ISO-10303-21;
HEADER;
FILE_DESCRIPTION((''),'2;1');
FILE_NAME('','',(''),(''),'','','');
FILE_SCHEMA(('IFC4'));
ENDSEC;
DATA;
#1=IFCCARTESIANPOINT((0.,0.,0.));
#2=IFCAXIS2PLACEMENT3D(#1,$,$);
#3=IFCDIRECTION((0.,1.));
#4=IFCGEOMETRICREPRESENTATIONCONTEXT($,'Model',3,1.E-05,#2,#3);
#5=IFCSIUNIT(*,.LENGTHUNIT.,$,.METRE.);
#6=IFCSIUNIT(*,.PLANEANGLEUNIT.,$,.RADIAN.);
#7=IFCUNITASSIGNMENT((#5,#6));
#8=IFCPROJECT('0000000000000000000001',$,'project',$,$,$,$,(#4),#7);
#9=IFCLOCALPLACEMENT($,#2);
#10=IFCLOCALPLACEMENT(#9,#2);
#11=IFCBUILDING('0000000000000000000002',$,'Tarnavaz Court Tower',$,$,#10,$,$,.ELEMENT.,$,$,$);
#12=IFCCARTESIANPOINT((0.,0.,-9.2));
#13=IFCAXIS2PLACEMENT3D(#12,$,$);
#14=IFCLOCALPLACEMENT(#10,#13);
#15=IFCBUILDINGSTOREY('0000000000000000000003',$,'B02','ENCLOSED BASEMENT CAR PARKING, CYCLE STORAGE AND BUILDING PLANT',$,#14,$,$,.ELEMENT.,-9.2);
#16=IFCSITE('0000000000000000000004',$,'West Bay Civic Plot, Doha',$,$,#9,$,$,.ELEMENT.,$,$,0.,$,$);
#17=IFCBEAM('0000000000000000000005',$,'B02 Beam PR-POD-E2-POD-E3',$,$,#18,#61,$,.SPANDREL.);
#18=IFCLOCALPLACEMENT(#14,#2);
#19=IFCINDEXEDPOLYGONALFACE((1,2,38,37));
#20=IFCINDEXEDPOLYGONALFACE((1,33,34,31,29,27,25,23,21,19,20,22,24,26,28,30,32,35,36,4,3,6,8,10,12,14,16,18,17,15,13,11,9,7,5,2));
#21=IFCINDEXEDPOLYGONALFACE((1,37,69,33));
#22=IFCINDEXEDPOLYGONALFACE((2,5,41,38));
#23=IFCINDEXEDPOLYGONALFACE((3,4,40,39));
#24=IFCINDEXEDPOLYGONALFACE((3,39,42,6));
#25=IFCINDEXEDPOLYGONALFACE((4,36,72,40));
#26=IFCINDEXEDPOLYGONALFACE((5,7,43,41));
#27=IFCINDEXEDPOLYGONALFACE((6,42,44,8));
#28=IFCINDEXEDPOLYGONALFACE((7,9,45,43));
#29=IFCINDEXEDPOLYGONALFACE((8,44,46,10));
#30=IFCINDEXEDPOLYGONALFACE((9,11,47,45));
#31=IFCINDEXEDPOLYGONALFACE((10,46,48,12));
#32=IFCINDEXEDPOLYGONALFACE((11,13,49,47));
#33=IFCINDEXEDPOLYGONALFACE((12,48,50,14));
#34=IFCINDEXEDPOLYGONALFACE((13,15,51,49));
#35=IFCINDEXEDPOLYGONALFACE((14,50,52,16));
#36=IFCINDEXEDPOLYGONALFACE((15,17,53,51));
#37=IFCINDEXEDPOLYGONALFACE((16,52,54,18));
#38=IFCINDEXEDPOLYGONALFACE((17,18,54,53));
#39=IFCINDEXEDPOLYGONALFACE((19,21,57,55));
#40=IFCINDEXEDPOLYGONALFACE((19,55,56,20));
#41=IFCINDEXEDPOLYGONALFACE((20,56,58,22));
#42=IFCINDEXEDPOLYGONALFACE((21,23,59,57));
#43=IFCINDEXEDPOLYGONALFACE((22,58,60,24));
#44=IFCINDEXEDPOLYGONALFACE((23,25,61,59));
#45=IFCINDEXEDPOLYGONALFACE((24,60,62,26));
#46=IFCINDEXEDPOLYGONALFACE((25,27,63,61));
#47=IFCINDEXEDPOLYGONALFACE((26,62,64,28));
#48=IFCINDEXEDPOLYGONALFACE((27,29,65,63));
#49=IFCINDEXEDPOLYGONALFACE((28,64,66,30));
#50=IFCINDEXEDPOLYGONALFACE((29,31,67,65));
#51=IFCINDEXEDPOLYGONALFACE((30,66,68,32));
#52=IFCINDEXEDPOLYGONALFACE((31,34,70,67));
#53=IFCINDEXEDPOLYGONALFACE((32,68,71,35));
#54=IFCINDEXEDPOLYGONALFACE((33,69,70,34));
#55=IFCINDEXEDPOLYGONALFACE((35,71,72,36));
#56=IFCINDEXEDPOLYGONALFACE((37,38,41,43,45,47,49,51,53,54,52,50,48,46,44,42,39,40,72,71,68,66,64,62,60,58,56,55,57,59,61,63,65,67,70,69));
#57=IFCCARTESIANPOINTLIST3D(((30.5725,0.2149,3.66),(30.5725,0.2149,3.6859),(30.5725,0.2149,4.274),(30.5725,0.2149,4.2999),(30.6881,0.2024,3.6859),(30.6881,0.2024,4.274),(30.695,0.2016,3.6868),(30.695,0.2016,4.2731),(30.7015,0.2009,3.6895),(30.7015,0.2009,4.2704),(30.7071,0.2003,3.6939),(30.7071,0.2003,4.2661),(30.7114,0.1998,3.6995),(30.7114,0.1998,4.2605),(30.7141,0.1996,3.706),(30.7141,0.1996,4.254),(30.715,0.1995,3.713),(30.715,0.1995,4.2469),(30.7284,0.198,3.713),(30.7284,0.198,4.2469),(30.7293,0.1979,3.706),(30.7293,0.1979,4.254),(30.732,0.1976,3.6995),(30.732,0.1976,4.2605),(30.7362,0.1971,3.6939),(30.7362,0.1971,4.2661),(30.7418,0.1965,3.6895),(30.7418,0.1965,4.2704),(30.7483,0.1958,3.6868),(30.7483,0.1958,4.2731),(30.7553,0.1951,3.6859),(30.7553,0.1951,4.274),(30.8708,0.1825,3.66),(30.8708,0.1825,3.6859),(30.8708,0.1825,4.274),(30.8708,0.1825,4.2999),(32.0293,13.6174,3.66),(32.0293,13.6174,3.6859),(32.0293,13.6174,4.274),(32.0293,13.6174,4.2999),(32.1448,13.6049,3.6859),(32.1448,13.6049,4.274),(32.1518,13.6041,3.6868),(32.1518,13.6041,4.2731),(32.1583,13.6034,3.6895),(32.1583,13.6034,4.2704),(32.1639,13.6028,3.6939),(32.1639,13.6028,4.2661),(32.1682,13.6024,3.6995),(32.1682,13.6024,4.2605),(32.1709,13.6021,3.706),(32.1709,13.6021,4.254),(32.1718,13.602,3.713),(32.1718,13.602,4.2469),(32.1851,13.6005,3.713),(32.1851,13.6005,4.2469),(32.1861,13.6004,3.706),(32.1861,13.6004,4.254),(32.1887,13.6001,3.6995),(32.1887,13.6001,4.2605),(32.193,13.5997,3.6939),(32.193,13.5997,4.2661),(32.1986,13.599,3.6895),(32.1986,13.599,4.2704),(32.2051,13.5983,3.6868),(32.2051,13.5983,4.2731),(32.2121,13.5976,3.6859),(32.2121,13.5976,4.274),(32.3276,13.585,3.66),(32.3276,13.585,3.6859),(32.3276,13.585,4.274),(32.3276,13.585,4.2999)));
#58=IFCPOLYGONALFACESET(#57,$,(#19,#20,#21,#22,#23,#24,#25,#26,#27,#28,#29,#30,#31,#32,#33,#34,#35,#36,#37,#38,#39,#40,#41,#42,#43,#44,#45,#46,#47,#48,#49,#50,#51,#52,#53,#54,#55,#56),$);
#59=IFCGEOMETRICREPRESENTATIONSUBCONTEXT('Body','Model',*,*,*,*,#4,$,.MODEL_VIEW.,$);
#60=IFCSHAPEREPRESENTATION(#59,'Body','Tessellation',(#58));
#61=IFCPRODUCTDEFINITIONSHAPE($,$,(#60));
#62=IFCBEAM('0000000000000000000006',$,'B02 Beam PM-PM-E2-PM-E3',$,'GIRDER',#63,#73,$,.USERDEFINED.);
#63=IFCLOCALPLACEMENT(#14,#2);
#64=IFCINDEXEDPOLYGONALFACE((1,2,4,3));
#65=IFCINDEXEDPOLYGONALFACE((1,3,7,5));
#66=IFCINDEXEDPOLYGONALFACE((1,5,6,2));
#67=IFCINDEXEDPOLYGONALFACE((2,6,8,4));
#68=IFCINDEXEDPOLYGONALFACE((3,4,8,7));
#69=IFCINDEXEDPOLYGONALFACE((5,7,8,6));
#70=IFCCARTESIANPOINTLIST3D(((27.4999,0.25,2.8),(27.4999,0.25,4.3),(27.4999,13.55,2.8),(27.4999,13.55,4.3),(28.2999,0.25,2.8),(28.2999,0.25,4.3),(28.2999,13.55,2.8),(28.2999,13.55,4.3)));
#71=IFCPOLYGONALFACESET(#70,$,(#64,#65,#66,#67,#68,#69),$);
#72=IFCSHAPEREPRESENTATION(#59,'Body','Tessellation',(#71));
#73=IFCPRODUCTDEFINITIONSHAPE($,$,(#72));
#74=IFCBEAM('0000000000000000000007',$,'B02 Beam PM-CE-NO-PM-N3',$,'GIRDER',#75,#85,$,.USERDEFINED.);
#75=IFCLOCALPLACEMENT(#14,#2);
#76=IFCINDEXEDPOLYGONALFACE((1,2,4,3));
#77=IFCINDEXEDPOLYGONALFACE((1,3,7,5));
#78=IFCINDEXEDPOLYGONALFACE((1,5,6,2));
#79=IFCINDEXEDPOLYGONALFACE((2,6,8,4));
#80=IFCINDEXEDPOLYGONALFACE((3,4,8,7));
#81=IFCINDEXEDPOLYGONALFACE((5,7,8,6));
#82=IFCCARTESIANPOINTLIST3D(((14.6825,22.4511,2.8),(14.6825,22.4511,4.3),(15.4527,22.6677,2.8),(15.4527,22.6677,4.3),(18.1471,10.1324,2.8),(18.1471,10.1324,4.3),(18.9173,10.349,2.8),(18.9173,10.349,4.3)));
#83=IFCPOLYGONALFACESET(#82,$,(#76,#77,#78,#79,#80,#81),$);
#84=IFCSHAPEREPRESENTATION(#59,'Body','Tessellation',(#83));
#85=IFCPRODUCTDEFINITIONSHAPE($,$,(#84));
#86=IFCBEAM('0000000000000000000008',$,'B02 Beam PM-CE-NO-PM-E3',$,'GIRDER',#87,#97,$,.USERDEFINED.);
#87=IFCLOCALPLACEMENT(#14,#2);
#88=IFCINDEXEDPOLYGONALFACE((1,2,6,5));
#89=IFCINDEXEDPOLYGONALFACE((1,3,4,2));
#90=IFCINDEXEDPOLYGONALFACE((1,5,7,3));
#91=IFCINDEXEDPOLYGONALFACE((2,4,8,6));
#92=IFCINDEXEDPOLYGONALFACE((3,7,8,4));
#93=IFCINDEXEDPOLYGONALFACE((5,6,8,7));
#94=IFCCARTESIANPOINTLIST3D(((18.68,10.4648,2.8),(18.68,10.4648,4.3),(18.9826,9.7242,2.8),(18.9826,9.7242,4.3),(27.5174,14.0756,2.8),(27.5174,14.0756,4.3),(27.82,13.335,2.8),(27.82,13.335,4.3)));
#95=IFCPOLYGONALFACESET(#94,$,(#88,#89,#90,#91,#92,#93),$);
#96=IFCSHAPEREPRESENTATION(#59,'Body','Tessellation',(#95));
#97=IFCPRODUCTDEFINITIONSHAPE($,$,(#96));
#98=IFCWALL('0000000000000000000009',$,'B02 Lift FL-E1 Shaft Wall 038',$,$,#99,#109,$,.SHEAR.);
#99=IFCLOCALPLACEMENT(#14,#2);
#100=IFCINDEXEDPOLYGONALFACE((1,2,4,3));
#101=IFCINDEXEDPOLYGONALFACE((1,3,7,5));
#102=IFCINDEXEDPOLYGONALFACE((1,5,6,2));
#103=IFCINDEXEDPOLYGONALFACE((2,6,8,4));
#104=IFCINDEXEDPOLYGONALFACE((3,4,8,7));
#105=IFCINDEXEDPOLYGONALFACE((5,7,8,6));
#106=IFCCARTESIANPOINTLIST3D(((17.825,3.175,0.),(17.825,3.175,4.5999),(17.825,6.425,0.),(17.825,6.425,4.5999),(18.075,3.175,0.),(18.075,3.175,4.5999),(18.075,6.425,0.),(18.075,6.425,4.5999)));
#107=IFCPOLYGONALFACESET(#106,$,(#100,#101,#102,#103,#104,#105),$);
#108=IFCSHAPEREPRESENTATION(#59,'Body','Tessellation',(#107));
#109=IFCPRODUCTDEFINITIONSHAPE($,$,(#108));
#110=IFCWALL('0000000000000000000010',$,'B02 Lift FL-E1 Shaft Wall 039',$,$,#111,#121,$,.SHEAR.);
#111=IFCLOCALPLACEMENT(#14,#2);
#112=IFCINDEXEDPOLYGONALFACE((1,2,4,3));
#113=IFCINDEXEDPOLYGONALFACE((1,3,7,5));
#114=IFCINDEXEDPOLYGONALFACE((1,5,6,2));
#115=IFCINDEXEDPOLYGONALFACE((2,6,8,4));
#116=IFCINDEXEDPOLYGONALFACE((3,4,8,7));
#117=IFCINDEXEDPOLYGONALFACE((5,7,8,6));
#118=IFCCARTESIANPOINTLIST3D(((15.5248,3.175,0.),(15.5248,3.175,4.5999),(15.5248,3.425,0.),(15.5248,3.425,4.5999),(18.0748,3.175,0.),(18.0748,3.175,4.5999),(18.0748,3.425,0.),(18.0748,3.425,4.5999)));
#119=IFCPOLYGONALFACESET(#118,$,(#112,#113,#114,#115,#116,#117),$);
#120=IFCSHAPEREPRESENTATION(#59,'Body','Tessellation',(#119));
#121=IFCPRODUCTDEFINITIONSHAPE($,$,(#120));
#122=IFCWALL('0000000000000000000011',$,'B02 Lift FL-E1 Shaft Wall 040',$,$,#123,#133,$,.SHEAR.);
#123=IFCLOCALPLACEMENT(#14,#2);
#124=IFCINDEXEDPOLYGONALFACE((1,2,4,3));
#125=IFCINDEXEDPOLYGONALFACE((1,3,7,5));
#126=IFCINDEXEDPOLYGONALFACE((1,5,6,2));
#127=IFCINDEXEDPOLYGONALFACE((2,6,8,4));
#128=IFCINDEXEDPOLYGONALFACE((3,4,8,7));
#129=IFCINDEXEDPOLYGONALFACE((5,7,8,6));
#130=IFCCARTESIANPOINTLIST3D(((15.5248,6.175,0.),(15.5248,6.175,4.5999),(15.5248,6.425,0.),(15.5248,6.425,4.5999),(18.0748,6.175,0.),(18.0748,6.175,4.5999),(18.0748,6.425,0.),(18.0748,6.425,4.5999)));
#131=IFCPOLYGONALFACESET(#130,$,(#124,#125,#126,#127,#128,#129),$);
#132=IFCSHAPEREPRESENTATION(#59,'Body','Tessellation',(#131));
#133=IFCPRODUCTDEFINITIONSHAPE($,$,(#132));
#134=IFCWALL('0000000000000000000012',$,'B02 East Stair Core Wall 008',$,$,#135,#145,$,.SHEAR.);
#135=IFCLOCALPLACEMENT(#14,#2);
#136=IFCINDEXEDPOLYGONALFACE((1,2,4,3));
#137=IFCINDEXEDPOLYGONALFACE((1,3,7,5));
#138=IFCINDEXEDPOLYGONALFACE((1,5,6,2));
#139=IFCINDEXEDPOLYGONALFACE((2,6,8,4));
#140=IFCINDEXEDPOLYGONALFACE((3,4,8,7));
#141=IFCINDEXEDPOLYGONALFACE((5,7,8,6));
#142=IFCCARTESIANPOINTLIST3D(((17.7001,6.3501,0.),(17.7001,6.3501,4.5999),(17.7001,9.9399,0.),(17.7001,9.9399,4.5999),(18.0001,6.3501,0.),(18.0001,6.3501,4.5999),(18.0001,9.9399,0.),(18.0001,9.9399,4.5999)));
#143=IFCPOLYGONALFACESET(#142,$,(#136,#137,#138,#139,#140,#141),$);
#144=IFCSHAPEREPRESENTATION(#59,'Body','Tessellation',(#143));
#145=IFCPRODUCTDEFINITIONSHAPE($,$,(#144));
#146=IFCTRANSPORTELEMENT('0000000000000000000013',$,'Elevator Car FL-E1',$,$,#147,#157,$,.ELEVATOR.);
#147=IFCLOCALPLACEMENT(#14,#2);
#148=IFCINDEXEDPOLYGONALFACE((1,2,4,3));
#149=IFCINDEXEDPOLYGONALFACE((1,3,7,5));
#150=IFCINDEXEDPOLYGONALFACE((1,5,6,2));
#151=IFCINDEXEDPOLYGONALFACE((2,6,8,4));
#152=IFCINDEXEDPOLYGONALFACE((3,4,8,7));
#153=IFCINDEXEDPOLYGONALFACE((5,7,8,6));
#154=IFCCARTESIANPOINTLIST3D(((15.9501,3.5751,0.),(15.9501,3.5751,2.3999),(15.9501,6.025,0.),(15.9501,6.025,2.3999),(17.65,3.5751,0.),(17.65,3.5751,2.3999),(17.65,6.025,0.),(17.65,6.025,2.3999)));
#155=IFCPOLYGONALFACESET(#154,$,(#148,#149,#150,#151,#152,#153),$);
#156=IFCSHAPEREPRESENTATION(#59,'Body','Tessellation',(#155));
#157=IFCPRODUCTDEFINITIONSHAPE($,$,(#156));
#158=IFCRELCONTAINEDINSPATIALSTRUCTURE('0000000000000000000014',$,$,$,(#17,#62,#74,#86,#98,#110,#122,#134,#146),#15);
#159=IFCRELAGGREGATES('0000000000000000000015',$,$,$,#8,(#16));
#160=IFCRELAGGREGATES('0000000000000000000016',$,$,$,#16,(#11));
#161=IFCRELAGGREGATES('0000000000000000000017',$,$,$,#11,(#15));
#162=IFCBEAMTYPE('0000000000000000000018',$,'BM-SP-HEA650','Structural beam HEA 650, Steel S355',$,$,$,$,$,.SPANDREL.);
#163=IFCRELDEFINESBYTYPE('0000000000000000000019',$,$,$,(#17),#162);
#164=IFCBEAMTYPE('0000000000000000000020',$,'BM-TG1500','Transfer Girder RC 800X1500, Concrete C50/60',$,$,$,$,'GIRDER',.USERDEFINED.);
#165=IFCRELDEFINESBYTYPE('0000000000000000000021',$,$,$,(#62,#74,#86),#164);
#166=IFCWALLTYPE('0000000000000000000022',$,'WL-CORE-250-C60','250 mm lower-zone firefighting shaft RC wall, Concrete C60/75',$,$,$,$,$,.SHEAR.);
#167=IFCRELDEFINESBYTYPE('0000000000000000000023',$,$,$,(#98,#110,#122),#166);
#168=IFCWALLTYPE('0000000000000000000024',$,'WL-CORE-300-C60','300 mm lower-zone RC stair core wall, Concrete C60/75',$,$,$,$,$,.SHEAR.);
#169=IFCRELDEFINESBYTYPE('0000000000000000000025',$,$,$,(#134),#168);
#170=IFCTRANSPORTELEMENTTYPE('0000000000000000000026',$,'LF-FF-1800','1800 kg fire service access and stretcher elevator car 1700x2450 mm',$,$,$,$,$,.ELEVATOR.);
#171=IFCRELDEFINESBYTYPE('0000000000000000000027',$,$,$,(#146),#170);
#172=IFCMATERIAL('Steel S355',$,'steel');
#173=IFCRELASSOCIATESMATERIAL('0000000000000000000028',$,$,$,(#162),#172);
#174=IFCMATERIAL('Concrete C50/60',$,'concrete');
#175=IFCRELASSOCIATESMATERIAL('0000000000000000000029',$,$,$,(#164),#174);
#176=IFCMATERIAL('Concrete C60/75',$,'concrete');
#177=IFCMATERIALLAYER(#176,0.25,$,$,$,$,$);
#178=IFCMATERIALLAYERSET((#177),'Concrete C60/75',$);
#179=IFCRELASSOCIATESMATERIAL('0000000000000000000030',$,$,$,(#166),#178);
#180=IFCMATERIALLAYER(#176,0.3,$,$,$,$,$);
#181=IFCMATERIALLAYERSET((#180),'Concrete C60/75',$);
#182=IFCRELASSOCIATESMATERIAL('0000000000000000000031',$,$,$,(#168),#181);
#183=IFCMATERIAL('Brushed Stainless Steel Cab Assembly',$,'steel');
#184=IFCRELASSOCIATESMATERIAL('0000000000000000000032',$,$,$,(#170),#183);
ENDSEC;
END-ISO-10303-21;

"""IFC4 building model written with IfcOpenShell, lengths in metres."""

from ifc_helpers import new_model, si_unit, direction, frame, frame_2d, origin, origin_2d, place, context, subcontext, project, spatial, rectangle, i_section, extrude, material, layer, layer_set, material_profile, profile_set, type_object, element, save


model = new_model("IFC4")

# Units and contexts
model_context = context("Model", 3, precision=1e-05, world=origin(), true_north=direction((0.0, 1.0)))
body_context = subcontext(model_context, "Body", "Model", "MODEL_VIEW")
ifc_project = project(units=[si_unit("LENGTHUNIT", "METRE"), si_unit("PLANEANGLEUNIT", "RADIAN")], contexts=[model_context])

# Site, building, storey
site_placement = place(None, origin())
site = spatial("IfcSite", under=ifc_project, at=site_placement, Name="West Bay Civic Plot, Doha", CompositionType="ELEMENT", RefElevation=0.0)
building_placement = place(site_placement, origin())
building = spatial("IfcBuilding", under=site, at=building_placement, Name="Tarnavaz Court Tower", CompositionType="ELEMENT")
storey_placement = place(building_placement, frame((0.0, 0.0, -9.2)))
storey = spatial("IfcBuildingStorey", under=building, at=storey_placement, Name="B02", Description="ENCLOSED BASEMENT CAR PARKING, CYCLE STORAGE AND BUILDING PLANT", CompositionType="ELEMENT", Elevation=-9.2)

# Shared definitions
ifc_material_1 = material(Name="Concrete C50/60", Category="concrete")

# Shared definitions
ifc_material_2 = material(Name="Concrete C60/75", Category="concrete")

# Beams
ifc_material_3 = material(Name="Steel S355", Category="steel")
ifc_material_profile_1 = material_profile(ifc_material_3, i_section(OverallWidth=0.3, OverallDepth=0.6399, WebThickness=0.0134, FlangeThickness=0.0259, FilletRadius=0.0271, at=origin_2d()), Name="HEA 650")
ifc_profile_set_1 = profile_set([ifc_material_profile_1], Name="Steel S355")
beam_type_1 = type_object("IfcBeamType", Name="BM-SP-HEA650", Description="Structural beam HEA 650, Steel S355", PredefinedType="SPANDREL", material=ifc_profile_set_1)
beam_1_placement = place(storey_placement, frame((30.7217, 0.1987, 3.98), z_axis=(0.108058, 0.994145, 0.0), x_axis=(-0.994145, 0.108058, 0.0)))
element("IfcBeam", 1, at=beam_1_placement, inside=storey, type_object=beam_type_1, Name="B02 Beam PR-POD-E2-POD-E3", PredefinedType="SPANDREL", context=body_context, shape_type="SweptSolid", body=[
    extrude(i_section(OverallWidth=0.3, OverallDepth=0.6399, WebThickness=0.0134, FlangeThickness=0.0259, FilletRadius=0.0271, at=origin_2d()), origin(), (0.0, 0.0, 1.0), 13.4814),
])
ifc_material_profile_2 = material_profile(ifc_material_1, rectangle(XDim=0.8, YDim=1.5, at=origin_2d()), Name="RC 800X1500")
ifc_profile_set_2 = profile_set([ifc_material_profile_2], Name="Concrete C50/60")
beam_type_2 = type_object("IfcBeamType", Name="BM-TG1500", Description="Transfer Girder RC 800X1500, Concrete C50/60", ElementType="GIRDER", PredefinedType="USERDEFINED", material=ifc_profile_set_2)
beam_2_placement = place(storey_placement, frame((27.8999, 0.25, 3.55), z_axis=(0.0, 1.0, 0.0), x_axis=(-1.0, 0.0, 0.0)))
element("IfcBeam", 2, at=beam_2_placement, inside=storey, type_object=beam_type_2, Name="B02 Beam PM-PM-E2-PM-E3", ObjectType="GIRDER", PredefinedType="USERDEFINED", context=body_context, shape_type="SweptSolid", body=[
    extrude(rectangle(XDim=0.8, YDim=1.5, at=origin_2d()), origin(), (0.0, 0.0, 1.0), 13.3),
])
beam_3_placement = place(storey_placement, frame((18.5322, 10.2407, 3.55), z_axis=(-0.270745, 0.962651, 0.0), x_axis=(-0.962651, -0.270745, 0.0)))
element("IfcBeam", 3, at=beam_3_placement, inside=storey, type_object=beam_type_2, Name="B02 Beam PM-CE-NO-PM-N3", ObjectType="GIRDER", PredefinedType="USERDEFINED", context=body_context, shape_type="SweptSolid", body=[
    extrude(rectangle(XDim=0.8, YDim=1.5, at=origin_2d()), origin(), (0.0, 0.0, 1.0), 12.7966),
])
beam_4_placement = place(storey_placement, frame((18.8313, 10.0945, 3.55), z_axis=(0.925711, 0.378233, 0.0), x_axis=(-0.378233, 0.925711, 0.0)))
element("IfcBeam", 4, at=beam_4_placement, inside=storey, type_object=beam_type_2, Name="B02 Beam PM-CE-NO-PM-E3", ObjectType="GIRDER", PredefinedType="USERDEFINED", context=body_context, shape_type="SweptSolid", body=[
    extrude(rectangle(XDim=0.8, YDim=1.5, at=origin_2d()), origin(), (0.0, 0.0, 1.0), 9.5466),
])

# Shared definitions
ifc_layer_1 = layer(ifc_material_2, 0.25)
ifc_layer_set_1 = layer_set([ifc_layer_1], Name="Concrete C60/75")
wall_type_1 = type_object("IfcWallType", Name="WL-CORE-250-C60", Description="250 mm lower-zone firefighting shaft RC wall, Concrete C60/75", PredefinedType="SHEAR", material=ifc_layer_set_1)

# Walls
wall_1_placement = place(storey_placement, frame((17.95, 3.175, 0.0), z_axis=(0.0, 0.0, 1.0), x_axis=(0.0, 1.0, 0.0)))
element("IfcWall", 5, at=wall_1_placement, inside=storey, type_object=wall_type_1, Name="B02 Lift FL-E1 Shaft Wall 038", PredefinedType="SHEAR", context=body_context, shape_type="SweptSolid", body=[
    extrude(rectangle(XDim=3.25, YDim=0.25, at=frame_2d((1.625, 0.0))), origin(), (0.0, 0.0, 1.0), 4.5999),
])
for number, where, z_axis, x_axis, name in (
    (6, (15.5249, 3.3, 0.0), (0.0, 0.0, 1.0), (1.0, 0.0, 0.0), "B02 Lift FL-E1 Shaft Wall 039"),
    (7, (15.5249, 6.3, 0.0), (0.0, 0.0, 1.0), (1.0, 0.0, 0.0), "B02 Lift FL-E1 Shaft Wall 040"),
):
    element("IfcWall", number, at=place(storey_placement, frame(where, z_axis=z_axis, x_axis=x_axis)), inside=storey, type_object=wall_type_1, Name=name, PredefinedType="SHEAR", context=body_context, shape_type="SweptSolid", body=[
        extrude(rectangle(XDim=2.55, YDim=0.25, at=frame_2d((1.2749, 0.0))), origin(), (0.0, 0.0, 1.0), 4.5999),
    ])
ifc_layer_2 = layer(ifc_material_2, 0.3)
ifc_layer_set_2 = layer_set([ifc_layer_2], Name="Concrete C60/75")
wall_type_2 = type_object("IfcWallType", Name="WL-CORE-300-C60", Description="300 mm lower-zone RC stair core wall, Concrete C60/75", PredefinedType="SHEAR", material=ifc_layer_set_2)
wall_2_placement = place(storey_placement, frame((17.8501, 6.3501, 0.0), z_axis=(0.0, 0.0, 1.0), x_axis=(0.0, 1.0, 0.0)))
element("IfcWall", 8, at=wall_2_placement, inside=storey, type_object=wall_type_2, Name="B02 East Stair Core Wall 008", PredefinedType="SHEAR", context=body_context, shape_type="SweptSolid", body=[
    extrude(rectangle(XDim=3.5898, YDim=0.3, at=frame_2d((1.7949, 0.0))), origin(), (0.0, 0.0, 1.0), 4.5999),
])

# Transport element
ifc_material_4 = material(Name="Brushed Stainless Steel Cab Assembly", Category="steel")
transport_element_type = type_object("IfcTransportElementType", Name="LF-FF-1800", Description="1800 kg fire service access and stretcher elevator car 1700x2450 mm", PredefinedType="ELEVATOR", material=ifc_material_4)
transport_element_placement = place(storey_placement, frame((16.8, 4.8, 0.0), z_axis=(0.0, 0.0, 1.0), x_axis=(1.0, 0.0, 0.0)))
element("IfcTransportElement", 9, at=transport_element_placement, inside=storey, type_object=transport_element_type, Name="Elevator Car FL-E1", PredefinedType="ELEVATOR", context=body_context, shape_type="SweptSolid", body=[
    extrude(rectangle(XDim=1.7, YDim=2.45, at=origin_2d()), origin(), (0.0, 0.0, 1.0), 2.3999),
])

save(model, "model.ifc")
